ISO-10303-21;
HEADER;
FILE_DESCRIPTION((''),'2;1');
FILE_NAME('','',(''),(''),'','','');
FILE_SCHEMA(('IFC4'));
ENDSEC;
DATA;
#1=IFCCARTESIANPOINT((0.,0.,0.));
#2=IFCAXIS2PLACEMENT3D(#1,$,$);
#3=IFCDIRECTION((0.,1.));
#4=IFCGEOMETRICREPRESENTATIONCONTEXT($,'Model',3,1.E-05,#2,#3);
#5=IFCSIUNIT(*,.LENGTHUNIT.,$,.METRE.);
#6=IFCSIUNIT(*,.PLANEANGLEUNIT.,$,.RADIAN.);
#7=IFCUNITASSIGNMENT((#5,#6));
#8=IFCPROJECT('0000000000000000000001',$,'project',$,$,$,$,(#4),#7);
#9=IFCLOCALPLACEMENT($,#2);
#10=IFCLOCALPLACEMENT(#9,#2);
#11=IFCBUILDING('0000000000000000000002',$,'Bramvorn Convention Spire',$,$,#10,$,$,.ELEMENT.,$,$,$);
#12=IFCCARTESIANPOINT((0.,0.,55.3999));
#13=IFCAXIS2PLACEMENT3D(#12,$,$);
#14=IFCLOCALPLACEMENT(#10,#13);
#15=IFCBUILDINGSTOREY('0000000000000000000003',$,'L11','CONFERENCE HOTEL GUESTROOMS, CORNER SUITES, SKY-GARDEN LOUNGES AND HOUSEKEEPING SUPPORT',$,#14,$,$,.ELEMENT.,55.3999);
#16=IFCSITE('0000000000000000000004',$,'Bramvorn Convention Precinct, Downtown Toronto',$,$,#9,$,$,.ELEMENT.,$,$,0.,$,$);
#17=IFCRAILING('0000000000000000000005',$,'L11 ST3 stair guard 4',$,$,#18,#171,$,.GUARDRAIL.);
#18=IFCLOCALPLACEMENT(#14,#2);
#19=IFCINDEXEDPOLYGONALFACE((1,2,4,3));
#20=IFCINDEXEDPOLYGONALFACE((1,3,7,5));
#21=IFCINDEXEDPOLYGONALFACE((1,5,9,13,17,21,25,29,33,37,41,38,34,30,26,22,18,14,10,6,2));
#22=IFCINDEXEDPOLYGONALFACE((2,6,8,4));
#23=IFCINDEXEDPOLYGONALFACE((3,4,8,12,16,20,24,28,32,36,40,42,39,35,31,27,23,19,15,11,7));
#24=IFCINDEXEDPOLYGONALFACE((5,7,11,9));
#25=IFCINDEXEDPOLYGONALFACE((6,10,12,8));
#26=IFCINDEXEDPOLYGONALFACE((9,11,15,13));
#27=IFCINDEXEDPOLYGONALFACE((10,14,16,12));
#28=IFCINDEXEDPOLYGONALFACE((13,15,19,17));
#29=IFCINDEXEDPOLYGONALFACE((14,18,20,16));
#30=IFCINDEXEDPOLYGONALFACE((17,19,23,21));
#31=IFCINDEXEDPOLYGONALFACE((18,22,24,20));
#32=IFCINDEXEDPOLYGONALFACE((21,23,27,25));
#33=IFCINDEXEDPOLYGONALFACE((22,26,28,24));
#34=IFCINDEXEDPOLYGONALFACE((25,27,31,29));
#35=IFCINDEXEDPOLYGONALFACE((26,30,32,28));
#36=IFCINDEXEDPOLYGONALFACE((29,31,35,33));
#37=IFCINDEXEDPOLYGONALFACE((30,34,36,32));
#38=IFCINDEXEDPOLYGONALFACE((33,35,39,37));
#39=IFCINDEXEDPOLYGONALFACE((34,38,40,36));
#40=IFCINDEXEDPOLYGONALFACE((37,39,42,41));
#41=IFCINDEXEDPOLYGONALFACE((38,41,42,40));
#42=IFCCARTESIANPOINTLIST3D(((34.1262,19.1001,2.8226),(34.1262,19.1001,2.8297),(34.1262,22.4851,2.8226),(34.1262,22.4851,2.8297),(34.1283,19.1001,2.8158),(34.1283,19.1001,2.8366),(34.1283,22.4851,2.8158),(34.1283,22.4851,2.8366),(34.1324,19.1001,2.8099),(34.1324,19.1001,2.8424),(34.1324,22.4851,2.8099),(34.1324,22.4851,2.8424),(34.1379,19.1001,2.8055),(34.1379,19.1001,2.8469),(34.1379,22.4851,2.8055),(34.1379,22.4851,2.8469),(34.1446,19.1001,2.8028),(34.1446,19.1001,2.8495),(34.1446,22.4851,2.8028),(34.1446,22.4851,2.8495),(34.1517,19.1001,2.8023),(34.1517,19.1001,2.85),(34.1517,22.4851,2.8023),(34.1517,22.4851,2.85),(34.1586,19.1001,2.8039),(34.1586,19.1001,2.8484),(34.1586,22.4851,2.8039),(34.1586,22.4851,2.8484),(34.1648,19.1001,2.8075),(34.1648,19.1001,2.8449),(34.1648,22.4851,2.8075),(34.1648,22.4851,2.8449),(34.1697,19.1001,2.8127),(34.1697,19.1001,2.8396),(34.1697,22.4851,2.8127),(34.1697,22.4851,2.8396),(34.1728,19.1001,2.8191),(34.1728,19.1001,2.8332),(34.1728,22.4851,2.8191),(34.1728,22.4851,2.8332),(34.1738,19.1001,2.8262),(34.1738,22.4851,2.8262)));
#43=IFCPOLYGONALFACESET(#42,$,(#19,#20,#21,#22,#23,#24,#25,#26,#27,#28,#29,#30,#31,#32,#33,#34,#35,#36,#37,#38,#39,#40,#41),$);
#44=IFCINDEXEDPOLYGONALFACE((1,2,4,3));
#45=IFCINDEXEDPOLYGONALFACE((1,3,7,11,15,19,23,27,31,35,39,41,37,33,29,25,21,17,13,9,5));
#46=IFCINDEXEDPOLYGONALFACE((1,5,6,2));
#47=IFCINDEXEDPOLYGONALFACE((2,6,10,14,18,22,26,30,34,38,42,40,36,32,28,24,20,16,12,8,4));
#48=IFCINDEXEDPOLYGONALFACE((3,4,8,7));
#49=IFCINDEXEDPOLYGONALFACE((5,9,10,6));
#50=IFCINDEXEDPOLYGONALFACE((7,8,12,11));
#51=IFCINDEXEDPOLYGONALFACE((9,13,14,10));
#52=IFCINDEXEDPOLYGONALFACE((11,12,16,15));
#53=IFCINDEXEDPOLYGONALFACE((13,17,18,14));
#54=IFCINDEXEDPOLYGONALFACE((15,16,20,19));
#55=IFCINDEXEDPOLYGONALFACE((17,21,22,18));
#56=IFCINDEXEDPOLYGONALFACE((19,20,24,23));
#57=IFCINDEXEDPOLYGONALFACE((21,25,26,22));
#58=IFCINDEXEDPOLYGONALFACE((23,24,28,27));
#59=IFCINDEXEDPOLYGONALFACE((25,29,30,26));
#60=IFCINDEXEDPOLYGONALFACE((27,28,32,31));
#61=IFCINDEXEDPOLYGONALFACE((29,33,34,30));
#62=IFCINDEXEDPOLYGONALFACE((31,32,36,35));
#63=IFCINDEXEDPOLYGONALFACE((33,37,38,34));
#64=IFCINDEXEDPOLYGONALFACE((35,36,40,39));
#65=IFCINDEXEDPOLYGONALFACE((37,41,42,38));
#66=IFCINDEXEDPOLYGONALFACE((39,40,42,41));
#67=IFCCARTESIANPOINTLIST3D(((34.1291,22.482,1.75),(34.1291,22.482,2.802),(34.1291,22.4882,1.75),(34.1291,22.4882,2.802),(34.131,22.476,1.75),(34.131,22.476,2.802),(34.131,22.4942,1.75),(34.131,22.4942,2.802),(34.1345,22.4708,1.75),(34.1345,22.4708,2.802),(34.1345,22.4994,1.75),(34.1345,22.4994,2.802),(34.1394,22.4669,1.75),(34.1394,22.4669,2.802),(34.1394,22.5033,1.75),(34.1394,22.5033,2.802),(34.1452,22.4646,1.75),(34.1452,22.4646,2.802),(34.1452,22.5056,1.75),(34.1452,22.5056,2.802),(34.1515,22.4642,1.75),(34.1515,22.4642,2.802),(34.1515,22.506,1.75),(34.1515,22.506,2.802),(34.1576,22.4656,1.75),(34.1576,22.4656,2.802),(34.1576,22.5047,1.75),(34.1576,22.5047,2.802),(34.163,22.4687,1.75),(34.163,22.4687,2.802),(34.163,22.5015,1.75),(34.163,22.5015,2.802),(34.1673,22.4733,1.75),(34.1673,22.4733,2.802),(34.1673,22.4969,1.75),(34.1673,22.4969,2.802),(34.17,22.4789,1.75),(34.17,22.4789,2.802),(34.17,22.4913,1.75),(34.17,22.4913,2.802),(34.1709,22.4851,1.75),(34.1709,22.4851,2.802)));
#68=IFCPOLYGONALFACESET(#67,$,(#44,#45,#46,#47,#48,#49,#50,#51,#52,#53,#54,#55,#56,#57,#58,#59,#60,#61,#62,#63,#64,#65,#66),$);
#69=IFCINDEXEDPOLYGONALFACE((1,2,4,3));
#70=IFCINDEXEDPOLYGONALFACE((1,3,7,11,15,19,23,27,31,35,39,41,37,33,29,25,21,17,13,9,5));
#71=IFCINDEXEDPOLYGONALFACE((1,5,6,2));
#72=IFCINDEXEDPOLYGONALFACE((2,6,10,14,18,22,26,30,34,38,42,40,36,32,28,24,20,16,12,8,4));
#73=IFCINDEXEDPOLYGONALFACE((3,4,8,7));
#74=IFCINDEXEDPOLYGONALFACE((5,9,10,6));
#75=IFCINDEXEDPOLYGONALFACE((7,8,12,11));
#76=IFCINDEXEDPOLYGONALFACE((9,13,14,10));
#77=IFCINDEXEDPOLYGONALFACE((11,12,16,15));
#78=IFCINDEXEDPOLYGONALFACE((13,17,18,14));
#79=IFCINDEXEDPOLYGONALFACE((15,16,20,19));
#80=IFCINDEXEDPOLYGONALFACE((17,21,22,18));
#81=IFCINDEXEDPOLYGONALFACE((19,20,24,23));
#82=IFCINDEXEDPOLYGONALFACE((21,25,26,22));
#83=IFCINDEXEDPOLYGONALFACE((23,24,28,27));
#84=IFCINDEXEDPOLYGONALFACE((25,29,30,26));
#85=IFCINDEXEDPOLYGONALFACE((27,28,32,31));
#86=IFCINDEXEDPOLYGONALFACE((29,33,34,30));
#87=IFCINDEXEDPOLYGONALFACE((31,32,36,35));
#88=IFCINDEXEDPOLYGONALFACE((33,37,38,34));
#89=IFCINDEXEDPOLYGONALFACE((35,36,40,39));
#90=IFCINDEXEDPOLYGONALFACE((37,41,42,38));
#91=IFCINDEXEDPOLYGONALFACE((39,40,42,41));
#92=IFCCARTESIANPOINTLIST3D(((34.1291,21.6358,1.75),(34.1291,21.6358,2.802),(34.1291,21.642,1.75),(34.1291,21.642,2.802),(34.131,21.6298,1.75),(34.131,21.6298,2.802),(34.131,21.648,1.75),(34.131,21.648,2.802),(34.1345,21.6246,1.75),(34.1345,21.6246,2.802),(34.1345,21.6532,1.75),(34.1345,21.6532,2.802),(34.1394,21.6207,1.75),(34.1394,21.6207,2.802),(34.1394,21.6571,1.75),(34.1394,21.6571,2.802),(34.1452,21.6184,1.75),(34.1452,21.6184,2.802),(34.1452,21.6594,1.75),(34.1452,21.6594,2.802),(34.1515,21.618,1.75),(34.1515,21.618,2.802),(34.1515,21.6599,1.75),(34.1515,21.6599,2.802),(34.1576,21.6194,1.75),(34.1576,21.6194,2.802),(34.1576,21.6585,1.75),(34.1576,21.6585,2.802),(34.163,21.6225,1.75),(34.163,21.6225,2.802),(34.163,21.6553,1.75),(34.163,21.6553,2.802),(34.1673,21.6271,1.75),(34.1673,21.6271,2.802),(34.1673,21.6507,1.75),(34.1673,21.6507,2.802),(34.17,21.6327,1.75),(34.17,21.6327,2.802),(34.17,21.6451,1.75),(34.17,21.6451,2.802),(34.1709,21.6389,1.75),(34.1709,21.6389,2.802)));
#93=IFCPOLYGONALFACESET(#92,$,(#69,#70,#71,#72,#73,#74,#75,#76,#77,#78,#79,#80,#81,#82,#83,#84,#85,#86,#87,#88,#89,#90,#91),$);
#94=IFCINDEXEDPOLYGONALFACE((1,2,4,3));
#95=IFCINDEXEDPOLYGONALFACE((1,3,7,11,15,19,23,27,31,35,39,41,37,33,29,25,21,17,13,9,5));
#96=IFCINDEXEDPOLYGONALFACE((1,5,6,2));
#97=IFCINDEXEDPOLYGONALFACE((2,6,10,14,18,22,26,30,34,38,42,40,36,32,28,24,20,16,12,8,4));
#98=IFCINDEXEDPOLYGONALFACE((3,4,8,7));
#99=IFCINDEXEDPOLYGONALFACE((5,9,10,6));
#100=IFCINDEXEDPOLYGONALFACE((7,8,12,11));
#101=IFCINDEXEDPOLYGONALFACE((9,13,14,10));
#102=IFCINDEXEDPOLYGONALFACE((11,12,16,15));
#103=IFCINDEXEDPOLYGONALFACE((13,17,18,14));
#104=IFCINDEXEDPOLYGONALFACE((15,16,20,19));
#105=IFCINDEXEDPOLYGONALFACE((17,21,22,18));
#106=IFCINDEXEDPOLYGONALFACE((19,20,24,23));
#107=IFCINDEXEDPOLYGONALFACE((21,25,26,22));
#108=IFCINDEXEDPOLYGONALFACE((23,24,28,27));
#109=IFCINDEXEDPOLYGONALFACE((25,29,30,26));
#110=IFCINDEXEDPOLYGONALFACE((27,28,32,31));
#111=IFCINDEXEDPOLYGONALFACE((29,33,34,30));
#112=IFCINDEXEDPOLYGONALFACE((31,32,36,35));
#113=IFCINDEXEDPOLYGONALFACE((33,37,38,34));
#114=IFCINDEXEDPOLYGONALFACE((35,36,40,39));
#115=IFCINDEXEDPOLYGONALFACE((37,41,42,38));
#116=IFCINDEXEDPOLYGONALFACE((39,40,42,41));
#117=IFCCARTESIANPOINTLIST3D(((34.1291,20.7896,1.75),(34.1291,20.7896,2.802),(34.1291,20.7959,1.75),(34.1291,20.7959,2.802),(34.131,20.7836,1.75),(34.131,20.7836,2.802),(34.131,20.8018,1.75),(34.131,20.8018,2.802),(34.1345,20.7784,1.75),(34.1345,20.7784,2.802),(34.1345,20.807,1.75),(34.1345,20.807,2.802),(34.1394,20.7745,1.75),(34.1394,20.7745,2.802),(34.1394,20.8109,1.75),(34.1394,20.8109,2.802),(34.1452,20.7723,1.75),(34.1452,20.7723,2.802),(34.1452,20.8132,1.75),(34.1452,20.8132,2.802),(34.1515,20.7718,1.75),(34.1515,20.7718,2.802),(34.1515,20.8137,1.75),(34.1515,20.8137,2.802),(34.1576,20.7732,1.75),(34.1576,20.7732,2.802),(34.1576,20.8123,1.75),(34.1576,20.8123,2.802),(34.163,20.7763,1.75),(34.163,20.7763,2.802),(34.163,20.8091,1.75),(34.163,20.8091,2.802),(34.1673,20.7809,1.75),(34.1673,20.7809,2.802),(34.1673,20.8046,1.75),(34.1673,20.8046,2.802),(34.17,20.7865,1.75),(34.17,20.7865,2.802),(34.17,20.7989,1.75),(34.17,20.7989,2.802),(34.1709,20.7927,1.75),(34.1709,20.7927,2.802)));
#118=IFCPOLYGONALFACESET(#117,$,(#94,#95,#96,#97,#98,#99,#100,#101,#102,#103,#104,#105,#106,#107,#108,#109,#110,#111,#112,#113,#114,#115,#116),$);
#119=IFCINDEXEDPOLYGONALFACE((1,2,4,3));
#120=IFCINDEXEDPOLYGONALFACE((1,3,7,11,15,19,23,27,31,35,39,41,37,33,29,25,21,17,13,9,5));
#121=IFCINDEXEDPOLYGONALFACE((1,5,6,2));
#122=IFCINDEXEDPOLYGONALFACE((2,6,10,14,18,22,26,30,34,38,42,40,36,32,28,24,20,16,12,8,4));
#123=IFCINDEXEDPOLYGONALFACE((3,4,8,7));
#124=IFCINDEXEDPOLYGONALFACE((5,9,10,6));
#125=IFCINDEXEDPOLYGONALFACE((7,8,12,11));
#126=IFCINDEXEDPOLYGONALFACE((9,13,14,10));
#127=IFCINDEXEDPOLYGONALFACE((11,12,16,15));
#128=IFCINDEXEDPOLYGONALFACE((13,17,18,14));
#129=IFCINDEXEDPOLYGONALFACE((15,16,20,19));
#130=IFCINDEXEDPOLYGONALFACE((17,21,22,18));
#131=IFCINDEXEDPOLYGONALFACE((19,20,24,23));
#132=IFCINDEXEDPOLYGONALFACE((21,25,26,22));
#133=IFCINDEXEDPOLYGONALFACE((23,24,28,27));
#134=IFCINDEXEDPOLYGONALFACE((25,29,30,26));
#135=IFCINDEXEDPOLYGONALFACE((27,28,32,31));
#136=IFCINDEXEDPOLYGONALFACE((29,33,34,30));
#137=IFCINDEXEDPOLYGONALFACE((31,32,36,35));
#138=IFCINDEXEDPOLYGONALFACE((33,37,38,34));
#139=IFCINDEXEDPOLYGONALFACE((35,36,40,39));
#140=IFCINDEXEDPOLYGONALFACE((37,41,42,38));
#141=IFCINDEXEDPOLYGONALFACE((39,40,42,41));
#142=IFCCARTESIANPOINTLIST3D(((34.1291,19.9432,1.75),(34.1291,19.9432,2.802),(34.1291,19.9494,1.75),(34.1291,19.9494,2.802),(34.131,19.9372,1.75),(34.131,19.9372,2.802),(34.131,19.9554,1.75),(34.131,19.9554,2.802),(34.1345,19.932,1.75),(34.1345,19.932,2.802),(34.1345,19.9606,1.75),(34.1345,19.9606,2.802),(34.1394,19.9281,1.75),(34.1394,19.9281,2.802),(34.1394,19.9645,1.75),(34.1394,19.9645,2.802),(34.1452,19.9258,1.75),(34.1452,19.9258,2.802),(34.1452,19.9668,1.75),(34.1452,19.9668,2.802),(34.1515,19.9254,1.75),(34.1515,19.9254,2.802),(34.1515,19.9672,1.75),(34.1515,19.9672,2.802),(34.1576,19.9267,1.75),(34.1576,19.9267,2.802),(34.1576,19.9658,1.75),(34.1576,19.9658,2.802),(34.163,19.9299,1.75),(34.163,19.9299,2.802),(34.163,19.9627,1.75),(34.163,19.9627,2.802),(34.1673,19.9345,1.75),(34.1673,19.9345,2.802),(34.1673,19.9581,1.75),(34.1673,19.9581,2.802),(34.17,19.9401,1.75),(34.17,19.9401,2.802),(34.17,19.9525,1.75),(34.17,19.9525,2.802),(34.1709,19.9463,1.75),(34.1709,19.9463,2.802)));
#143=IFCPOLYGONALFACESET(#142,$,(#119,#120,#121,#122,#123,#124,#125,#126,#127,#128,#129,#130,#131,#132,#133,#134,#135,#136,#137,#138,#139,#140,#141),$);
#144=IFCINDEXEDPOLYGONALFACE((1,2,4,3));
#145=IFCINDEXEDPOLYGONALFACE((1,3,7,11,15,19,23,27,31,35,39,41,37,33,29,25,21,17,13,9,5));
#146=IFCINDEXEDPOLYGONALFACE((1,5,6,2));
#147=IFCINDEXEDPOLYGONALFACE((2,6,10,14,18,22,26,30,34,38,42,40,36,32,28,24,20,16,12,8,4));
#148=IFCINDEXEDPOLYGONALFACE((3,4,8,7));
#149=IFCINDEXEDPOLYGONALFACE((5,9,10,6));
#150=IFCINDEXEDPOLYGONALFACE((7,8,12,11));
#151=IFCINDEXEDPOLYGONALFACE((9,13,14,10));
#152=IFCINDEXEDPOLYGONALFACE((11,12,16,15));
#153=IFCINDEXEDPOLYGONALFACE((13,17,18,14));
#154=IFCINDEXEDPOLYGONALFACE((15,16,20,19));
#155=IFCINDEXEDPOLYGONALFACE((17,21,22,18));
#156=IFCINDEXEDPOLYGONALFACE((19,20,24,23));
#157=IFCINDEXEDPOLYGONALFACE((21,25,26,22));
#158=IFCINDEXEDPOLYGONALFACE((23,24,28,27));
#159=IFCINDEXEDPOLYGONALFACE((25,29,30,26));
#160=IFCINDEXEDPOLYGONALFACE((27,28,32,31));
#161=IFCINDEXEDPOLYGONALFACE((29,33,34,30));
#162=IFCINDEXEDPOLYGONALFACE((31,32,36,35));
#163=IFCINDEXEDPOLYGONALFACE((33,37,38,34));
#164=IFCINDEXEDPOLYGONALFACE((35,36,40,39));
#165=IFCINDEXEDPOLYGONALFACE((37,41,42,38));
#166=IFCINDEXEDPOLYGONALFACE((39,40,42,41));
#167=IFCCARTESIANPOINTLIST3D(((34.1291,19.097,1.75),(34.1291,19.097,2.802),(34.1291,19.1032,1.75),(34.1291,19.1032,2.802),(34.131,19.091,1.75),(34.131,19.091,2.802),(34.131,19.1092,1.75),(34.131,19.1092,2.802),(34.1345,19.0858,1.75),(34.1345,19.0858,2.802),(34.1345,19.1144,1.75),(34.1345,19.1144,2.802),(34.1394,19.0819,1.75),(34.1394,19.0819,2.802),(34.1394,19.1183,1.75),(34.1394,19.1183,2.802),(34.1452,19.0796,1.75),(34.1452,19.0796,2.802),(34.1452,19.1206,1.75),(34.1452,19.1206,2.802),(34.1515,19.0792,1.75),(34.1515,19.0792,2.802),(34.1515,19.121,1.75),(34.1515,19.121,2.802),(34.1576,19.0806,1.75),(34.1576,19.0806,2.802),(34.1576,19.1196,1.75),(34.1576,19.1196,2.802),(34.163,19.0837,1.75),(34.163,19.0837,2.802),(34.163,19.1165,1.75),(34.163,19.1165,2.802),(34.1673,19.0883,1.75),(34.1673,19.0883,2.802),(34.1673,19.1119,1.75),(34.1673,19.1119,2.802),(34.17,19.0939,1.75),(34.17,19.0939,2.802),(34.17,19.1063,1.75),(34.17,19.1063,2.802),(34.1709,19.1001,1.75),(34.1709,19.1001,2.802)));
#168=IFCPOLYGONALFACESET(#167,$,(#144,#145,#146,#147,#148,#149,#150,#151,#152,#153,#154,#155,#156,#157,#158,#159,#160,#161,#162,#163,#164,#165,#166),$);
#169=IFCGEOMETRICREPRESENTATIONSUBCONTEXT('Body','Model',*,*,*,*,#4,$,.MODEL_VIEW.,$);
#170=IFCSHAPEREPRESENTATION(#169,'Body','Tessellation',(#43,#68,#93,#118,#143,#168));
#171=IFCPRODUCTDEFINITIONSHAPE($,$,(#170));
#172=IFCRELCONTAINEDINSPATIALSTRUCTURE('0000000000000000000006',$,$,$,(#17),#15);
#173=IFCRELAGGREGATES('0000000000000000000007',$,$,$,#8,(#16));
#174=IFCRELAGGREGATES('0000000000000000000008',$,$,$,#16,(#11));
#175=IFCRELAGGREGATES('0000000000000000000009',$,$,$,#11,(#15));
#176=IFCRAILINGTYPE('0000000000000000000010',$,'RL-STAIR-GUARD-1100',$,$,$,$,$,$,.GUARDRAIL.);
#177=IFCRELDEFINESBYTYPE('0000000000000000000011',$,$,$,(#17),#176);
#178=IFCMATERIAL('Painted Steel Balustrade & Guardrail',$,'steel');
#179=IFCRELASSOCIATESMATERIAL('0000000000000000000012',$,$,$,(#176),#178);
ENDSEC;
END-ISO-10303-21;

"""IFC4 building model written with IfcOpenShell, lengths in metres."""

from ifc_helpers import new_model, si_unit, direction, frame, origin, origin_2d, place, context, subcontext, project, spatial, circle, extrude, material, type_object, element, save


model = new_model("IFC4")

# Units and contexts
model_context = context("Model", 3, precision=1e-05, world=origin(), true_north=direction((0.0, 1.0)))
body_context = subcontext(model_context, "Body", "Model", "MODEL_VIEW")
ifc_project = project(units=[si_unit("LENGTHUNIT", "METRE"), si_unit("PLANEANGLEUNIT", "RADIAN")], contexts=[model_context])

# Site, building, storey
site_placement = place(None, origin())
site = spatial("IfcSite", under=ifc_project, at=site_placement, Name="Bramvorn Convention Precinct, Downtown Toronto", CompositionType="ELEMENT", RefElevation=0.0)
building_placement = place(site_placement, origin())
building = spatial("IfcBuilding", under=site, at=building_placement, Name="Bramvorn Convention Spire", CompositionType="ELEMENT")
storey_placement = place(building_placement, frame((0.0, 0.0, 55.3999)))
storey = spatial("IfcBuildingStorey", under=building, at=storey_placement, Name="L11", Description="CONFERENCE HOTEL GUESTROOMS, CORNER SUITES, SKY-GARDEN LOUNGES AND HOUSEKEEPING SUPPORT", CompositionType="ELEMENT", Elevation=55.3999)

# Railing
ifc_material_1 = material(Name="Painted Steel Balustrade & Guardrail", Category="steel")
railing_type_1 = type_object("IfcRailingType", Name="RL-STAIR-GUARD-1100", PredefinedType="GUARDRAIL", material=ifc_material_1)
for number, where, name in (
    (1, (34.1499, 22.4851, 1.75), "L11 ST3 stair guard 4"),
):
    element("IfcRailing", number, at=place(storey_placement, frame(where)), inside=storey, type_object=railing_type_1, Name=name, PredefinedType="GUARDRAIL", context=body_context, shape_type="SweptSolid", body=[
        extrude(circle(Radius=0.0239, at=origin_2d()), frame((0.0, 0.0, 1.0762), z_axis=(0.0, -1.0, 0.0), x_axis=(1.0, 0.0, 0.0)), (0.0, 0.0, 1.0), 3.385),
        extrude(circle(Radius=0.021, at=origin_2d()), origin(), (0.0, 0.0, 1.0), 1.052),
        extrude(circle(Radius=0.021, at=origin_2d()), frame((0.0, -0.8462, 0.0)), (0.0, 0.0, 1.0), 1.052),
        extrude(circle(Radius=0.021, at=origin_2d()), frame((0.0, -1.6924, 0.0)), (0.0, 0.0, 1.0), 1.052),
        extrude(circle(Radius=0.021, at=origin_2d()), frame((0.0, -2.5388, 0.0)), (0.0, 0.0, 1.0), 1.052),
        extrude(circle(Radius=0.021, at=origin_2d()), frame((0.0, -3.385, 0.0)), (0.0, 0.0, 1.0), 1.052),
    ])

save(model, "model.ifc")
